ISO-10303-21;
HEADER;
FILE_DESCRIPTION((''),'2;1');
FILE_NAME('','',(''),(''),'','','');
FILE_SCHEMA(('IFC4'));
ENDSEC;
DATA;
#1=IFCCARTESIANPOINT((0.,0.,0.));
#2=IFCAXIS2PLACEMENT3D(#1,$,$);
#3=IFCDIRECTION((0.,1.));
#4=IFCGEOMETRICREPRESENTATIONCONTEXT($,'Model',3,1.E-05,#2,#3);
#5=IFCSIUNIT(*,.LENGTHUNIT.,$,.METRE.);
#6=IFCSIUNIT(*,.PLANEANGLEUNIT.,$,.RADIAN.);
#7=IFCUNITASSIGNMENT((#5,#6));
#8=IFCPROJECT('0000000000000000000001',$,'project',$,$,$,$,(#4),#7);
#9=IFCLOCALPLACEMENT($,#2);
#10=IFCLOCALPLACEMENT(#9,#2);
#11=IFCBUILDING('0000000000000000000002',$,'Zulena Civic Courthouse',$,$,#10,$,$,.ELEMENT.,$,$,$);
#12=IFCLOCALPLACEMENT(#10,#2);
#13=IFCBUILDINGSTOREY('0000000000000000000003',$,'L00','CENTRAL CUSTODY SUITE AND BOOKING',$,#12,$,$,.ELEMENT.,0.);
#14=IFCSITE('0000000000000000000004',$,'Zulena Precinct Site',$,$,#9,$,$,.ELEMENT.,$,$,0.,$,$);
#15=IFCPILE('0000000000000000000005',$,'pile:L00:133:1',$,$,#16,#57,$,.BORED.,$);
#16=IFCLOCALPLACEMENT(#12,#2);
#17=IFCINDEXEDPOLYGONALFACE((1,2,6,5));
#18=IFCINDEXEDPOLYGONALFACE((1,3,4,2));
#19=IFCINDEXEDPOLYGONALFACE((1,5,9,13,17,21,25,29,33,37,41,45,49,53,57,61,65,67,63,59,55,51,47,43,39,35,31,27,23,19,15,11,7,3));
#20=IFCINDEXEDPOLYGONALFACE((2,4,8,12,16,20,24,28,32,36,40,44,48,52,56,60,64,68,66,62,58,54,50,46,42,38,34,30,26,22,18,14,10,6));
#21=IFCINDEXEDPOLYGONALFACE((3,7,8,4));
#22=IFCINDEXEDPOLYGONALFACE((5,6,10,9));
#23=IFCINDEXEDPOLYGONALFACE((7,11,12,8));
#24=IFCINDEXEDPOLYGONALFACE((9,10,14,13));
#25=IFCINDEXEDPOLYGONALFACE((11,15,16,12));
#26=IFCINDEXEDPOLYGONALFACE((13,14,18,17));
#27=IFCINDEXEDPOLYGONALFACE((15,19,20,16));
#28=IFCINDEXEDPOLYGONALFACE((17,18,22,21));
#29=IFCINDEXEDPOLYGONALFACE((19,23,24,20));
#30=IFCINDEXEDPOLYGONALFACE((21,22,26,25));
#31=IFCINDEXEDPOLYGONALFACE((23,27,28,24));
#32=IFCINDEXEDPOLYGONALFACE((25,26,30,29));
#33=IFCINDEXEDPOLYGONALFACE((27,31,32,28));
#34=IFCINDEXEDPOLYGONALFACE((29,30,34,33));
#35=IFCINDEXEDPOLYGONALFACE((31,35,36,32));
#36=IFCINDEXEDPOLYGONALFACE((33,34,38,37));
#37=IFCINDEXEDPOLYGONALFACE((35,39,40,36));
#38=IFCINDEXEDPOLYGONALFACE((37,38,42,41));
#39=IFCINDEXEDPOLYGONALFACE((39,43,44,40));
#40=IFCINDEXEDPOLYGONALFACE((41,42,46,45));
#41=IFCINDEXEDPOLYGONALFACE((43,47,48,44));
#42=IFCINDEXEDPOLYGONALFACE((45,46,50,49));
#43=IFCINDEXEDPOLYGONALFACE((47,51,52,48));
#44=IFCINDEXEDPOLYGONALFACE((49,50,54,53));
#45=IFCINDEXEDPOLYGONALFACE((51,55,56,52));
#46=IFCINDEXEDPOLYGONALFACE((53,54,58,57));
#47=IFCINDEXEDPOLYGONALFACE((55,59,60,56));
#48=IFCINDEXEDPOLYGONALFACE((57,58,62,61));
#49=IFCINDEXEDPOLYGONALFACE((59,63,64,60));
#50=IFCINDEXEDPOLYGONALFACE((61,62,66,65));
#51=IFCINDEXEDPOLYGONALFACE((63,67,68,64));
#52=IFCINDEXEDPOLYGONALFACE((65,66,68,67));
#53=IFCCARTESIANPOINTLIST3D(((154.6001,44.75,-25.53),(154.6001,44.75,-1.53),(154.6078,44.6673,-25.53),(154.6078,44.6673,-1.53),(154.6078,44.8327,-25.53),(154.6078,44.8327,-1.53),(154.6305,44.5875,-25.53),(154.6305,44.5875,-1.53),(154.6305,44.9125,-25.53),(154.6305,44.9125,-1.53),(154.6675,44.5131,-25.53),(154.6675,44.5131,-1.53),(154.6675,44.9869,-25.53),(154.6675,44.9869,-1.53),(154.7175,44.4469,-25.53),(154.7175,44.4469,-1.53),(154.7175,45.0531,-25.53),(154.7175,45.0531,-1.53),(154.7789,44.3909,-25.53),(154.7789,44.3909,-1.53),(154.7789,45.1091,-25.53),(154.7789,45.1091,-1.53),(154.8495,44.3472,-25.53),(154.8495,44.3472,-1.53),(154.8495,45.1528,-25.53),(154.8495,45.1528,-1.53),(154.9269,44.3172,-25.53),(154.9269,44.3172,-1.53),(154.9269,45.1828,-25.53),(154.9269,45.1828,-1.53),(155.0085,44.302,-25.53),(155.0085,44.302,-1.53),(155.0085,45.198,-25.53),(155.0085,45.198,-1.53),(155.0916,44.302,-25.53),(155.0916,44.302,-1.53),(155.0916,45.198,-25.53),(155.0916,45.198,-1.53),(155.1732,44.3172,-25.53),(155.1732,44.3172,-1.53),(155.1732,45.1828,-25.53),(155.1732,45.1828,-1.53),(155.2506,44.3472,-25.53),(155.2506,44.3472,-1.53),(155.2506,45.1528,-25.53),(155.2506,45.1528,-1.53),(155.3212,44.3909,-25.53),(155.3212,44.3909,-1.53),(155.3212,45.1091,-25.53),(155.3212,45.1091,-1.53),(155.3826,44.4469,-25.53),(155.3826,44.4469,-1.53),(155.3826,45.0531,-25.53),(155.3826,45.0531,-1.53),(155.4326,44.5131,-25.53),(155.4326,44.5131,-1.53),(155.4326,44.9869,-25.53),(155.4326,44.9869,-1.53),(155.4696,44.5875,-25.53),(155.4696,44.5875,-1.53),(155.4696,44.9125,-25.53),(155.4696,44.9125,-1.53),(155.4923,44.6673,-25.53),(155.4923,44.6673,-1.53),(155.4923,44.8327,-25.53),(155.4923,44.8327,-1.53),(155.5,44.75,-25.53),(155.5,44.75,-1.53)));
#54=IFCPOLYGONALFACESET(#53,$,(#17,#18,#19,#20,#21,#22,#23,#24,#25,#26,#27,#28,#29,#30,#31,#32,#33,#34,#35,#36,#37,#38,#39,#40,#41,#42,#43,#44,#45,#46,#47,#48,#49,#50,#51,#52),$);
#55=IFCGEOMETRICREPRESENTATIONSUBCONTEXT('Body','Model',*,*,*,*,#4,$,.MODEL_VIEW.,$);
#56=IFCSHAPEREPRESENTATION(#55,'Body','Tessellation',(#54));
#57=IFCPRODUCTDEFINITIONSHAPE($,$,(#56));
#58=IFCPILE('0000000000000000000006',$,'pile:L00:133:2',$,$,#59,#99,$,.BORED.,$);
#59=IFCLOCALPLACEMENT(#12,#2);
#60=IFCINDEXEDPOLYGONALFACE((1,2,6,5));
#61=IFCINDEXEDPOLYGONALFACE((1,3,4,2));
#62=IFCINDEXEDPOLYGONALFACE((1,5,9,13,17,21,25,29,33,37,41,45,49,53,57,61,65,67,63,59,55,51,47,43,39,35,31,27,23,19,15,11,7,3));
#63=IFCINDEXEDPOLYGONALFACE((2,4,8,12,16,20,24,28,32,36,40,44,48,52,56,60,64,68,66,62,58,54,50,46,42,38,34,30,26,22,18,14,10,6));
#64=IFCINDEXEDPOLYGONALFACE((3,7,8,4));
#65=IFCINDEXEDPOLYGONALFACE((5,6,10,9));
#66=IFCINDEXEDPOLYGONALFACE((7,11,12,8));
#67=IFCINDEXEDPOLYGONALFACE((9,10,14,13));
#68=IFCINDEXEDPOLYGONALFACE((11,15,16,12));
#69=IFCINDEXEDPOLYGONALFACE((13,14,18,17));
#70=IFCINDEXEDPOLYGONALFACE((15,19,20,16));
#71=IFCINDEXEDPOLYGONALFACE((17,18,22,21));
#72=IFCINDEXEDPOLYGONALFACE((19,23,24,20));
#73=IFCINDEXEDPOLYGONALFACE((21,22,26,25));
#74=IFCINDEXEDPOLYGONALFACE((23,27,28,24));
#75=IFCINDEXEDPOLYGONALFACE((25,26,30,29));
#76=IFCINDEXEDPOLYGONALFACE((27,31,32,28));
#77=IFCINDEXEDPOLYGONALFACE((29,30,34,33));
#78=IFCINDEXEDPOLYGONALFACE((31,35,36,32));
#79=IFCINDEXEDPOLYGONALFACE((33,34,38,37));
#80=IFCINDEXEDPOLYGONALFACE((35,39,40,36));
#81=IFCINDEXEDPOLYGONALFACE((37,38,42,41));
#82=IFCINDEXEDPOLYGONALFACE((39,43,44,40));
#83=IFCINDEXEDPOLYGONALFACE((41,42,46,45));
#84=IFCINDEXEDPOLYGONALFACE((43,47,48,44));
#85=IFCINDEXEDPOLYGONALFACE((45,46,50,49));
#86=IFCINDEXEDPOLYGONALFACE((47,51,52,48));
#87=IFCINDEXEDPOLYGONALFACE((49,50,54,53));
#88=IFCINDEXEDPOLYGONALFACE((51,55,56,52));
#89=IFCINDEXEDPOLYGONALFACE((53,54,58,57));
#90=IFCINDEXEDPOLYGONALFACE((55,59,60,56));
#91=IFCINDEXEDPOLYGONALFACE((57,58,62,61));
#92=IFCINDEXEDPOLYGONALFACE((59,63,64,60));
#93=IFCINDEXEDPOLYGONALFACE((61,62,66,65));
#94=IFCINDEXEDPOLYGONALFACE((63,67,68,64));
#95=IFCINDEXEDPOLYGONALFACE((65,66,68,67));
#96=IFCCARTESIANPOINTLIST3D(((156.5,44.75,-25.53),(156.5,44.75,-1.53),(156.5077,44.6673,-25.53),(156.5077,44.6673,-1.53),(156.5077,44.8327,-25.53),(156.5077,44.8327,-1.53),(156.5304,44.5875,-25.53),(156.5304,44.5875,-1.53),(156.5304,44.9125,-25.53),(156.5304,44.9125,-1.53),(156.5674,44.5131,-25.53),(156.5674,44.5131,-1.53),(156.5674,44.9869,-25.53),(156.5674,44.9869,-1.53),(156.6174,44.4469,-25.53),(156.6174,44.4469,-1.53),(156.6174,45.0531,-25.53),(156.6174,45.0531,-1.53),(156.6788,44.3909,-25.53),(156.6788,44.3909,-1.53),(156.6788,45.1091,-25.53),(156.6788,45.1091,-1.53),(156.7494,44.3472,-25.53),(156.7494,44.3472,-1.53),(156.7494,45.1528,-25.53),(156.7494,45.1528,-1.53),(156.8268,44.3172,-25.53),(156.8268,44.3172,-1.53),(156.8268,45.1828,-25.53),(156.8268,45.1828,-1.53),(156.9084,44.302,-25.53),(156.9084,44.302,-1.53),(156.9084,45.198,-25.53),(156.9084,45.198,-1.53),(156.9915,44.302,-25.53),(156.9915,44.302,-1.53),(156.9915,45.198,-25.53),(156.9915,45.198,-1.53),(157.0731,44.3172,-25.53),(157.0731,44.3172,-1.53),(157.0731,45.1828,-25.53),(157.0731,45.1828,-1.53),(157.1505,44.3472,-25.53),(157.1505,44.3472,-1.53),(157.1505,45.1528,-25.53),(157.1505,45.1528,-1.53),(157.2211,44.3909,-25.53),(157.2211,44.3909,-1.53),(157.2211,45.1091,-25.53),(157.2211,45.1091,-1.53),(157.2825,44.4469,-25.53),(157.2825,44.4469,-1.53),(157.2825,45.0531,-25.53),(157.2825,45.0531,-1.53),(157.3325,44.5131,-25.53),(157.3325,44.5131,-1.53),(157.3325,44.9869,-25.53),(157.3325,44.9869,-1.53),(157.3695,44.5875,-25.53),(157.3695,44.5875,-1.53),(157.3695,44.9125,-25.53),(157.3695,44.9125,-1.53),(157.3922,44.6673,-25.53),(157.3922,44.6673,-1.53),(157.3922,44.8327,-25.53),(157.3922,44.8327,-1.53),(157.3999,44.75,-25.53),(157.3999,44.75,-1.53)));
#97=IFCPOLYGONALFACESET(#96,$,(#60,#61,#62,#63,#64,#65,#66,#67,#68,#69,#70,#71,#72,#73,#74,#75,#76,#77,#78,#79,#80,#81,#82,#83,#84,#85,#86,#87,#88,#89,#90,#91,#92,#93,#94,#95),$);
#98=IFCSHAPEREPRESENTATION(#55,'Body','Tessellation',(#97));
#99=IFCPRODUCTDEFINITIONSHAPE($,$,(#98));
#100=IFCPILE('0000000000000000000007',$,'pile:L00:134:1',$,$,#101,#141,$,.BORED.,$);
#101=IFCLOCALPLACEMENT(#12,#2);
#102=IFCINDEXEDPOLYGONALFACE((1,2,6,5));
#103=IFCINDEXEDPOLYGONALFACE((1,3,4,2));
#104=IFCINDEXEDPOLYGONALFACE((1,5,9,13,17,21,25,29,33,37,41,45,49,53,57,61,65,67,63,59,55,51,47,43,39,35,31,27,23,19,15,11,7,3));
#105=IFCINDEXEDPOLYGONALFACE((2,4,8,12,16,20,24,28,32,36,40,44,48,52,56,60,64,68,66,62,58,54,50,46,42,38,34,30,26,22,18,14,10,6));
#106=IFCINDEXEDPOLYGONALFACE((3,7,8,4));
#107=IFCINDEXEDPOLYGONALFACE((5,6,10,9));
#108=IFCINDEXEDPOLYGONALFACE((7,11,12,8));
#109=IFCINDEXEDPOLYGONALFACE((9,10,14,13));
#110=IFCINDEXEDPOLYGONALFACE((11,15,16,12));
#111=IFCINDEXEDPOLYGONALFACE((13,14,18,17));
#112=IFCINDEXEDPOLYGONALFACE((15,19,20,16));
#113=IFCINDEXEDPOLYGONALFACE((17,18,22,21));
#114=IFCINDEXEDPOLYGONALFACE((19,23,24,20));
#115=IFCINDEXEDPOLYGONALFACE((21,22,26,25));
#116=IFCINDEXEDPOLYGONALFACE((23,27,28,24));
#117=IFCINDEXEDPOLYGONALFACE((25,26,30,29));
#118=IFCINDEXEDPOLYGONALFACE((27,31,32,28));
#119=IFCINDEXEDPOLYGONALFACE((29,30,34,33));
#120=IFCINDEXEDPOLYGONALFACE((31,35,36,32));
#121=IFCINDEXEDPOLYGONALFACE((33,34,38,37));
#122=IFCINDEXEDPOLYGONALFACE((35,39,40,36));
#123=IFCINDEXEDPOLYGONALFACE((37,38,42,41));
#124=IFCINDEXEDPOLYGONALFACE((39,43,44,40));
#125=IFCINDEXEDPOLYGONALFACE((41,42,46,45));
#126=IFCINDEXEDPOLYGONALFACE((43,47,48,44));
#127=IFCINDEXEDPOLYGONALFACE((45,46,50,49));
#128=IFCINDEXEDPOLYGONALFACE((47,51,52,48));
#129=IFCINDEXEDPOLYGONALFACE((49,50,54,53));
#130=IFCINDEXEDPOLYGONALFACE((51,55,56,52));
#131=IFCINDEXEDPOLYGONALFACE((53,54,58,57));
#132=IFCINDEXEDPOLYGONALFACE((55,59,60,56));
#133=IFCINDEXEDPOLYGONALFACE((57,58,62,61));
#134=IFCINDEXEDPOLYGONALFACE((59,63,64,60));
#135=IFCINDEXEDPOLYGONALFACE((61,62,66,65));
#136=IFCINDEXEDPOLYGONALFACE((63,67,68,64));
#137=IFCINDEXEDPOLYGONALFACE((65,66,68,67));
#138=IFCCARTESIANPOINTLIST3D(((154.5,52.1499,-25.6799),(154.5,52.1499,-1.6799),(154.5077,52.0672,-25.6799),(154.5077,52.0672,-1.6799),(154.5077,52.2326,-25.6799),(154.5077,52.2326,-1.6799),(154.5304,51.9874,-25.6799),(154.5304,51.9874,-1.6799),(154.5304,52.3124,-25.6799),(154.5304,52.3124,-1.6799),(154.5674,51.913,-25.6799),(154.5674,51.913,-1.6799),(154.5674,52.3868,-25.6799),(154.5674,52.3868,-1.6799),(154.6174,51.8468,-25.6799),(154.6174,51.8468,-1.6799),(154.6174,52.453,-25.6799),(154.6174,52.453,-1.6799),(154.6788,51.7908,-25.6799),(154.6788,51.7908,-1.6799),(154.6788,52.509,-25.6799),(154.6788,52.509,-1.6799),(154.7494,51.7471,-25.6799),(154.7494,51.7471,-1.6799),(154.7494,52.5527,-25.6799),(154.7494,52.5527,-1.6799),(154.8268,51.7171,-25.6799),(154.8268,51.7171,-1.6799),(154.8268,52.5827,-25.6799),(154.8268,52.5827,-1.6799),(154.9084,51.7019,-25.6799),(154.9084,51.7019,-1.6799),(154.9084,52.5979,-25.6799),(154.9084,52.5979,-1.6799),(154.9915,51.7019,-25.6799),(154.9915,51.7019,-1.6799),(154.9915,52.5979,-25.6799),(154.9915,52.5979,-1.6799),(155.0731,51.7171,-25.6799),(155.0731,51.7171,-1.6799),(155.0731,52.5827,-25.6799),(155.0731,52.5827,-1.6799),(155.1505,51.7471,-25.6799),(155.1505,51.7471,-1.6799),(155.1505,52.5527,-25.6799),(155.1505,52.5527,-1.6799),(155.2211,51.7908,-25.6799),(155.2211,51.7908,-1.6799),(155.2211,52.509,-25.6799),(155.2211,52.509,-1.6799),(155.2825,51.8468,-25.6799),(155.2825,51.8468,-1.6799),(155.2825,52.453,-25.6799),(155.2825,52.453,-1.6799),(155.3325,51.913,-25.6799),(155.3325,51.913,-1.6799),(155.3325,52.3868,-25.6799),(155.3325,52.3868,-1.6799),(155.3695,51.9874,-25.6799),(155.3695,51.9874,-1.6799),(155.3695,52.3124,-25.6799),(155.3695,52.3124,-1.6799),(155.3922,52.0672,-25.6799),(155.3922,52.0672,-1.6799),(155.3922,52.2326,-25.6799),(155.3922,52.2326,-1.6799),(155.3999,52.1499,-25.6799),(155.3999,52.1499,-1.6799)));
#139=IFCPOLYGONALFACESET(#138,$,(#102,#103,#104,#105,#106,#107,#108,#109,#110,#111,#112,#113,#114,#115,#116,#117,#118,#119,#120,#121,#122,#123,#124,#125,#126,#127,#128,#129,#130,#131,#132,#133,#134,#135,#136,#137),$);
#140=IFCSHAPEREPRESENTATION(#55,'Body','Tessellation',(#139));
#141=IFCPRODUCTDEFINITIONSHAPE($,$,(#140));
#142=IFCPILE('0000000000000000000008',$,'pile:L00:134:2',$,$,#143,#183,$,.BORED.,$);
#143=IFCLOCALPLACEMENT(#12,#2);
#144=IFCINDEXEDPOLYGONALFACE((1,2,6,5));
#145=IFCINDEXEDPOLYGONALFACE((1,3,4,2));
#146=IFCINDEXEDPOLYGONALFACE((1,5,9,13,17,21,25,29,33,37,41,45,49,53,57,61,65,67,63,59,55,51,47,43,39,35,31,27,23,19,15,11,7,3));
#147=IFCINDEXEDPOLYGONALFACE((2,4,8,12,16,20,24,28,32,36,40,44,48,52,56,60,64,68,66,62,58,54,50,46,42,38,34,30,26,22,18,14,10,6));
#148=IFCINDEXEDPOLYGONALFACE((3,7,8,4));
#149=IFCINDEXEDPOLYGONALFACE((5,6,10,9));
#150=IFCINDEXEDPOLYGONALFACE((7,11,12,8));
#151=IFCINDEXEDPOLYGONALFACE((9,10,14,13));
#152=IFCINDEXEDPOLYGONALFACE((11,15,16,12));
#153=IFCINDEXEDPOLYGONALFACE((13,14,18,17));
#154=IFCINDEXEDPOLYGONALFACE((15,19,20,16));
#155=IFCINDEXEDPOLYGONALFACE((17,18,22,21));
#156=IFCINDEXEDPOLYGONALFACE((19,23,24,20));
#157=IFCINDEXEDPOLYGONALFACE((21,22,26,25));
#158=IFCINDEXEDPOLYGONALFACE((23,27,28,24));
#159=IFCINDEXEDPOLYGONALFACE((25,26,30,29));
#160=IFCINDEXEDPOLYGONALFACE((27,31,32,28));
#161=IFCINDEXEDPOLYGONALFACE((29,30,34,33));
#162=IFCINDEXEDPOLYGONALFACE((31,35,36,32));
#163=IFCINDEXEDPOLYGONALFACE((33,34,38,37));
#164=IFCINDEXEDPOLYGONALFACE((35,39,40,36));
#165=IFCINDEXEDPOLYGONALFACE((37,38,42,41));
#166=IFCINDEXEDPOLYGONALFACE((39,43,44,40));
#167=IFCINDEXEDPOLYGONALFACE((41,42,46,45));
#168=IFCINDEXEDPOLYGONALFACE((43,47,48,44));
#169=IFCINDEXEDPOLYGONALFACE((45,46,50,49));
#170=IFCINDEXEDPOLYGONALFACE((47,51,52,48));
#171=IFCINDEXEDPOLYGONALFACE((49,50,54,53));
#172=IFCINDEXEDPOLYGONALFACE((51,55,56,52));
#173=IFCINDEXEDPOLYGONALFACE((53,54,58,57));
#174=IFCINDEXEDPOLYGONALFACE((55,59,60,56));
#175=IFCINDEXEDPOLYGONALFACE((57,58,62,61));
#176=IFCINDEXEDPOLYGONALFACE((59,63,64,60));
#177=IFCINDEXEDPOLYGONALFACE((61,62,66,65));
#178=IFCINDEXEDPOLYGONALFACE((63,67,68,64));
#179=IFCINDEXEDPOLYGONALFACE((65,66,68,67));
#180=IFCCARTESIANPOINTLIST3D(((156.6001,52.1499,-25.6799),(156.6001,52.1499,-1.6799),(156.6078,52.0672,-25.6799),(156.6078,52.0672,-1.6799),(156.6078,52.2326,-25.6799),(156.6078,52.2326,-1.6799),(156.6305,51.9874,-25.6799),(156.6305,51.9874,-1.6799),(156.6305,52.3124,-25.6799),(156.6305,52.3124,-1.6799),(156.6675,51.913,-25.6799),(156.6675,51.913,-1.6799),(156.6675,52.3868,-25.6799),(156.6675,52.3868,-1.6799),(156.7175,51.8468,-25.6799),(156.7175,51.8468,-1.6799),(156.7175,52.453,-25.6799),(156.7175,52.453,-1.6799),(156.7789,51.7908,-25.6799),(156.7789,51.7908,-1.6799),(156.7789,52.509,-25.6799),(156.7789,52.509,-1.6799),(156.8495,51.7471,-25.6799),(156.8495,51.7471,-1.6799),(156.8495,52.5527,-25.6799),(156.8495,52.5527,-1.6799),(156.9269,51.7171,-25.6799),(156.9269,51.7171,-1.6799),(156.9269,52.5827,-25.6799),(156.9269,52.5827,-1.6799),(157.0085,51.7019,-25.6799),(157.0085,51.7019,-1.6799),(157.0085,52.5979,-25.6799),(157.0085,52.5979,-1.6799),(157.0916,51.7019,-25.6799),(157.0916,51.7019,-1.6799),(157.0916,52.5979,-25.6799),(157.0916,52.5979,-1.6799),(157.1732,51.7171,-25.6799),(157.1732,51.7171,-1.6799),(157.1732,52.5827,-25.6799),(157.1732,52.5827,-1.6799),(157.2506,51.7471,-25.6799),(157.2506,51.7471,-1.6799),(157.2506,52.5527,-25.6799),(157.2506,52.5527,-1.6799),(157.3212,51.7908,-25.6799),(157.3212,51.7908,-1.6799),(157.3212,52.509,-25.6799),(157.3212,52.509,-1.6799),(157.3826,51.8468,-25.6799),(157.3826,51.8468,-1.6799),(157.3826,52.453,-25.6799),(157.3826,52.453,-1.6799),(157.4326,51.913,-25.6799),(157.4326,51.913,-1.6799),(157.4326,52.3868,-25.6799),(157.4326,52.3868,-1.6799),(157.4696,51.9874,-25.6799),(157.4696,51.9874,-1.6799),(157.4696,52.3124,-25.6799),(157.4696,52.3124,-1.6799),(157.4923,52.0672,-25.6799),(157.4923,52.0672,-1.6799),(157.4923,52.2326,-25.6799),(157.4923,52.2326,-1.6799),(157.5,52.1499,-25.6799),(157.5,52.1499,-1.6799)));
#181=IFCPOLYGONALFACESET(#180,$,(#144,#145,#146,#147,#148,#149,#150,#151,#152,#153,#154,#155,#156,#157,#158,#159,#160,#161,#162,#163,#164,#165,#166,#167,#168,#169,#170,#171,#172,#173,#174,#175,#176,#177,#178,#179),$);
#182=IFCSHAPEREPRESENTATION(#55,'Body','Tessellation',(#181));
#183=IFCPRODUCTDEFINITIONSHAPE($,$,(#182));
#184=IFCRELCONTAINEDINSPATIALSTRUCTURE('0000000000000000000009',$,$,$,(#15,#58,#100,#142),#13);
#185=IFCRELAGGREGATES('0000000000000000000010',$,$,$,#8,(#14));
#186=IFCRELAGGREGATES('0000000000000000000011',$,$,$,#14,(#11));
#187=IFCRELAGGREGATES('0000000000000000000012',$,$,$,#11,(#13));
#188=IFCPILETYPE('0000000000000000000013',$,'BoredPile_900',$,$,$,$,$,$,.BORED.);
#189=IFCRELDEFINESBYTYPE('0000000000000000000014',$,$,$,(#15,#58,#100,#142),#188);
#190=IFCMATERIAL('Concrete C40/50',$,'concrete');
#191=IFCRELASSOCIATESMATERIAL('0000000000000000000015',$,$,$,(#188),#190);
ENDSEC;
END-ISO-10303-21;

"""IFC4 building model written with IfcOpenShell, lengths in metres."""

from ifc_helpers import new_model, si_unit, direction, frame, origin, origin_2d, place, context, subcontext, project, spatial, circle, extrude, material, material_profile, profile_set, type_object, element, save


model = new_model("IFC4")

# Units and contexts
model_context = context("Model", 3, precision=1e-05, world=origin(), true_north=direction((0.0, 1.0)))
body_context = subcontext(model_context, "Body", "Model", "MODEL_VIEW")
ifc_project = project(units=[si_unit("LENGTHUNIT", "METRE"), si_unit("PLANEANGLEUNIT", "RADIAN")], contexts=[model_context])

# Site, building, storey
site_placement = place(None, origin())
site = spatial("IfcSite", under=ifc_project, at=site_placement, Name="Zulena Precinct Site", CompositionType="ELEMENT", RefElevation=0.0)
building_placement = place(site_placement, origin())
building = spatial("IfcBuilding", under=site, at=building_placement, Name="Zulena Civic Courthouse", CompositionType="ELEMENT")
storey_placement = place(building_placement, origin())
storey = spatial("IfcBuildingStorey", under=building, at=storey_placement, Name="L00", Description="CENTRAL CUSTODY SUITE AND BOOKING", CompositionType="ELEMENT", Elevation=0.0)

# Piles
ifc_material_1 = material(Name="Concrete C40/50", Category="concrete")
ifc_material_profile_1 = material_profile(ifc_material_1, circle(Radius=0.45, at=origin_2d()), Name="PILE900")
ifc_profile_set_1 = profile_set([ifc_material_profile_1], Name="Concrete C40/50")
pile_type = type_object("IfcPileType", Name="BoredPile_900", PredefinedType="BORED", material=ifc_profile_set_1)
for number, where, z_axis, x_axis, name in (
    (1, (155.05, 44.75, -1.53), (0.0, 0.0, -1.0), (1.0, 0.0, 0.0), "pile:L00:133:1"),
    (2, (156.95, 44.75, -1.53), (0.0, 0.0, -1.0), (1.0, 0.0, 0.0), "pile:L00:133:2"),
    (3, (154.95, 52.1499, -1.6799), (0.0, 0.0, -1.0), (1.0, 0.0, 0.0), "pile:L00:134:1"),
    (4, (157.05, 52.1499, -1.6799), (0.0, 0.0, -1.0), (1.0, 0.0, 0.0), "pile:L00:134:2"),
):
    element("IfcPile", number, at=place(storey_placement, frame(where, z_axis=z_axis, x_axis=x_axis)), inside=storey, type_object=pile_type, Name=name, PredefinedType="BORED", context=body_context, shape_type="SweptSolid", body=[
        extrude(circle(Radius=0.45, at=origin_2d()), origin(), (0.0, 0.0, 1.0), 24.0),
    ])

save(model, "model.ifc")
